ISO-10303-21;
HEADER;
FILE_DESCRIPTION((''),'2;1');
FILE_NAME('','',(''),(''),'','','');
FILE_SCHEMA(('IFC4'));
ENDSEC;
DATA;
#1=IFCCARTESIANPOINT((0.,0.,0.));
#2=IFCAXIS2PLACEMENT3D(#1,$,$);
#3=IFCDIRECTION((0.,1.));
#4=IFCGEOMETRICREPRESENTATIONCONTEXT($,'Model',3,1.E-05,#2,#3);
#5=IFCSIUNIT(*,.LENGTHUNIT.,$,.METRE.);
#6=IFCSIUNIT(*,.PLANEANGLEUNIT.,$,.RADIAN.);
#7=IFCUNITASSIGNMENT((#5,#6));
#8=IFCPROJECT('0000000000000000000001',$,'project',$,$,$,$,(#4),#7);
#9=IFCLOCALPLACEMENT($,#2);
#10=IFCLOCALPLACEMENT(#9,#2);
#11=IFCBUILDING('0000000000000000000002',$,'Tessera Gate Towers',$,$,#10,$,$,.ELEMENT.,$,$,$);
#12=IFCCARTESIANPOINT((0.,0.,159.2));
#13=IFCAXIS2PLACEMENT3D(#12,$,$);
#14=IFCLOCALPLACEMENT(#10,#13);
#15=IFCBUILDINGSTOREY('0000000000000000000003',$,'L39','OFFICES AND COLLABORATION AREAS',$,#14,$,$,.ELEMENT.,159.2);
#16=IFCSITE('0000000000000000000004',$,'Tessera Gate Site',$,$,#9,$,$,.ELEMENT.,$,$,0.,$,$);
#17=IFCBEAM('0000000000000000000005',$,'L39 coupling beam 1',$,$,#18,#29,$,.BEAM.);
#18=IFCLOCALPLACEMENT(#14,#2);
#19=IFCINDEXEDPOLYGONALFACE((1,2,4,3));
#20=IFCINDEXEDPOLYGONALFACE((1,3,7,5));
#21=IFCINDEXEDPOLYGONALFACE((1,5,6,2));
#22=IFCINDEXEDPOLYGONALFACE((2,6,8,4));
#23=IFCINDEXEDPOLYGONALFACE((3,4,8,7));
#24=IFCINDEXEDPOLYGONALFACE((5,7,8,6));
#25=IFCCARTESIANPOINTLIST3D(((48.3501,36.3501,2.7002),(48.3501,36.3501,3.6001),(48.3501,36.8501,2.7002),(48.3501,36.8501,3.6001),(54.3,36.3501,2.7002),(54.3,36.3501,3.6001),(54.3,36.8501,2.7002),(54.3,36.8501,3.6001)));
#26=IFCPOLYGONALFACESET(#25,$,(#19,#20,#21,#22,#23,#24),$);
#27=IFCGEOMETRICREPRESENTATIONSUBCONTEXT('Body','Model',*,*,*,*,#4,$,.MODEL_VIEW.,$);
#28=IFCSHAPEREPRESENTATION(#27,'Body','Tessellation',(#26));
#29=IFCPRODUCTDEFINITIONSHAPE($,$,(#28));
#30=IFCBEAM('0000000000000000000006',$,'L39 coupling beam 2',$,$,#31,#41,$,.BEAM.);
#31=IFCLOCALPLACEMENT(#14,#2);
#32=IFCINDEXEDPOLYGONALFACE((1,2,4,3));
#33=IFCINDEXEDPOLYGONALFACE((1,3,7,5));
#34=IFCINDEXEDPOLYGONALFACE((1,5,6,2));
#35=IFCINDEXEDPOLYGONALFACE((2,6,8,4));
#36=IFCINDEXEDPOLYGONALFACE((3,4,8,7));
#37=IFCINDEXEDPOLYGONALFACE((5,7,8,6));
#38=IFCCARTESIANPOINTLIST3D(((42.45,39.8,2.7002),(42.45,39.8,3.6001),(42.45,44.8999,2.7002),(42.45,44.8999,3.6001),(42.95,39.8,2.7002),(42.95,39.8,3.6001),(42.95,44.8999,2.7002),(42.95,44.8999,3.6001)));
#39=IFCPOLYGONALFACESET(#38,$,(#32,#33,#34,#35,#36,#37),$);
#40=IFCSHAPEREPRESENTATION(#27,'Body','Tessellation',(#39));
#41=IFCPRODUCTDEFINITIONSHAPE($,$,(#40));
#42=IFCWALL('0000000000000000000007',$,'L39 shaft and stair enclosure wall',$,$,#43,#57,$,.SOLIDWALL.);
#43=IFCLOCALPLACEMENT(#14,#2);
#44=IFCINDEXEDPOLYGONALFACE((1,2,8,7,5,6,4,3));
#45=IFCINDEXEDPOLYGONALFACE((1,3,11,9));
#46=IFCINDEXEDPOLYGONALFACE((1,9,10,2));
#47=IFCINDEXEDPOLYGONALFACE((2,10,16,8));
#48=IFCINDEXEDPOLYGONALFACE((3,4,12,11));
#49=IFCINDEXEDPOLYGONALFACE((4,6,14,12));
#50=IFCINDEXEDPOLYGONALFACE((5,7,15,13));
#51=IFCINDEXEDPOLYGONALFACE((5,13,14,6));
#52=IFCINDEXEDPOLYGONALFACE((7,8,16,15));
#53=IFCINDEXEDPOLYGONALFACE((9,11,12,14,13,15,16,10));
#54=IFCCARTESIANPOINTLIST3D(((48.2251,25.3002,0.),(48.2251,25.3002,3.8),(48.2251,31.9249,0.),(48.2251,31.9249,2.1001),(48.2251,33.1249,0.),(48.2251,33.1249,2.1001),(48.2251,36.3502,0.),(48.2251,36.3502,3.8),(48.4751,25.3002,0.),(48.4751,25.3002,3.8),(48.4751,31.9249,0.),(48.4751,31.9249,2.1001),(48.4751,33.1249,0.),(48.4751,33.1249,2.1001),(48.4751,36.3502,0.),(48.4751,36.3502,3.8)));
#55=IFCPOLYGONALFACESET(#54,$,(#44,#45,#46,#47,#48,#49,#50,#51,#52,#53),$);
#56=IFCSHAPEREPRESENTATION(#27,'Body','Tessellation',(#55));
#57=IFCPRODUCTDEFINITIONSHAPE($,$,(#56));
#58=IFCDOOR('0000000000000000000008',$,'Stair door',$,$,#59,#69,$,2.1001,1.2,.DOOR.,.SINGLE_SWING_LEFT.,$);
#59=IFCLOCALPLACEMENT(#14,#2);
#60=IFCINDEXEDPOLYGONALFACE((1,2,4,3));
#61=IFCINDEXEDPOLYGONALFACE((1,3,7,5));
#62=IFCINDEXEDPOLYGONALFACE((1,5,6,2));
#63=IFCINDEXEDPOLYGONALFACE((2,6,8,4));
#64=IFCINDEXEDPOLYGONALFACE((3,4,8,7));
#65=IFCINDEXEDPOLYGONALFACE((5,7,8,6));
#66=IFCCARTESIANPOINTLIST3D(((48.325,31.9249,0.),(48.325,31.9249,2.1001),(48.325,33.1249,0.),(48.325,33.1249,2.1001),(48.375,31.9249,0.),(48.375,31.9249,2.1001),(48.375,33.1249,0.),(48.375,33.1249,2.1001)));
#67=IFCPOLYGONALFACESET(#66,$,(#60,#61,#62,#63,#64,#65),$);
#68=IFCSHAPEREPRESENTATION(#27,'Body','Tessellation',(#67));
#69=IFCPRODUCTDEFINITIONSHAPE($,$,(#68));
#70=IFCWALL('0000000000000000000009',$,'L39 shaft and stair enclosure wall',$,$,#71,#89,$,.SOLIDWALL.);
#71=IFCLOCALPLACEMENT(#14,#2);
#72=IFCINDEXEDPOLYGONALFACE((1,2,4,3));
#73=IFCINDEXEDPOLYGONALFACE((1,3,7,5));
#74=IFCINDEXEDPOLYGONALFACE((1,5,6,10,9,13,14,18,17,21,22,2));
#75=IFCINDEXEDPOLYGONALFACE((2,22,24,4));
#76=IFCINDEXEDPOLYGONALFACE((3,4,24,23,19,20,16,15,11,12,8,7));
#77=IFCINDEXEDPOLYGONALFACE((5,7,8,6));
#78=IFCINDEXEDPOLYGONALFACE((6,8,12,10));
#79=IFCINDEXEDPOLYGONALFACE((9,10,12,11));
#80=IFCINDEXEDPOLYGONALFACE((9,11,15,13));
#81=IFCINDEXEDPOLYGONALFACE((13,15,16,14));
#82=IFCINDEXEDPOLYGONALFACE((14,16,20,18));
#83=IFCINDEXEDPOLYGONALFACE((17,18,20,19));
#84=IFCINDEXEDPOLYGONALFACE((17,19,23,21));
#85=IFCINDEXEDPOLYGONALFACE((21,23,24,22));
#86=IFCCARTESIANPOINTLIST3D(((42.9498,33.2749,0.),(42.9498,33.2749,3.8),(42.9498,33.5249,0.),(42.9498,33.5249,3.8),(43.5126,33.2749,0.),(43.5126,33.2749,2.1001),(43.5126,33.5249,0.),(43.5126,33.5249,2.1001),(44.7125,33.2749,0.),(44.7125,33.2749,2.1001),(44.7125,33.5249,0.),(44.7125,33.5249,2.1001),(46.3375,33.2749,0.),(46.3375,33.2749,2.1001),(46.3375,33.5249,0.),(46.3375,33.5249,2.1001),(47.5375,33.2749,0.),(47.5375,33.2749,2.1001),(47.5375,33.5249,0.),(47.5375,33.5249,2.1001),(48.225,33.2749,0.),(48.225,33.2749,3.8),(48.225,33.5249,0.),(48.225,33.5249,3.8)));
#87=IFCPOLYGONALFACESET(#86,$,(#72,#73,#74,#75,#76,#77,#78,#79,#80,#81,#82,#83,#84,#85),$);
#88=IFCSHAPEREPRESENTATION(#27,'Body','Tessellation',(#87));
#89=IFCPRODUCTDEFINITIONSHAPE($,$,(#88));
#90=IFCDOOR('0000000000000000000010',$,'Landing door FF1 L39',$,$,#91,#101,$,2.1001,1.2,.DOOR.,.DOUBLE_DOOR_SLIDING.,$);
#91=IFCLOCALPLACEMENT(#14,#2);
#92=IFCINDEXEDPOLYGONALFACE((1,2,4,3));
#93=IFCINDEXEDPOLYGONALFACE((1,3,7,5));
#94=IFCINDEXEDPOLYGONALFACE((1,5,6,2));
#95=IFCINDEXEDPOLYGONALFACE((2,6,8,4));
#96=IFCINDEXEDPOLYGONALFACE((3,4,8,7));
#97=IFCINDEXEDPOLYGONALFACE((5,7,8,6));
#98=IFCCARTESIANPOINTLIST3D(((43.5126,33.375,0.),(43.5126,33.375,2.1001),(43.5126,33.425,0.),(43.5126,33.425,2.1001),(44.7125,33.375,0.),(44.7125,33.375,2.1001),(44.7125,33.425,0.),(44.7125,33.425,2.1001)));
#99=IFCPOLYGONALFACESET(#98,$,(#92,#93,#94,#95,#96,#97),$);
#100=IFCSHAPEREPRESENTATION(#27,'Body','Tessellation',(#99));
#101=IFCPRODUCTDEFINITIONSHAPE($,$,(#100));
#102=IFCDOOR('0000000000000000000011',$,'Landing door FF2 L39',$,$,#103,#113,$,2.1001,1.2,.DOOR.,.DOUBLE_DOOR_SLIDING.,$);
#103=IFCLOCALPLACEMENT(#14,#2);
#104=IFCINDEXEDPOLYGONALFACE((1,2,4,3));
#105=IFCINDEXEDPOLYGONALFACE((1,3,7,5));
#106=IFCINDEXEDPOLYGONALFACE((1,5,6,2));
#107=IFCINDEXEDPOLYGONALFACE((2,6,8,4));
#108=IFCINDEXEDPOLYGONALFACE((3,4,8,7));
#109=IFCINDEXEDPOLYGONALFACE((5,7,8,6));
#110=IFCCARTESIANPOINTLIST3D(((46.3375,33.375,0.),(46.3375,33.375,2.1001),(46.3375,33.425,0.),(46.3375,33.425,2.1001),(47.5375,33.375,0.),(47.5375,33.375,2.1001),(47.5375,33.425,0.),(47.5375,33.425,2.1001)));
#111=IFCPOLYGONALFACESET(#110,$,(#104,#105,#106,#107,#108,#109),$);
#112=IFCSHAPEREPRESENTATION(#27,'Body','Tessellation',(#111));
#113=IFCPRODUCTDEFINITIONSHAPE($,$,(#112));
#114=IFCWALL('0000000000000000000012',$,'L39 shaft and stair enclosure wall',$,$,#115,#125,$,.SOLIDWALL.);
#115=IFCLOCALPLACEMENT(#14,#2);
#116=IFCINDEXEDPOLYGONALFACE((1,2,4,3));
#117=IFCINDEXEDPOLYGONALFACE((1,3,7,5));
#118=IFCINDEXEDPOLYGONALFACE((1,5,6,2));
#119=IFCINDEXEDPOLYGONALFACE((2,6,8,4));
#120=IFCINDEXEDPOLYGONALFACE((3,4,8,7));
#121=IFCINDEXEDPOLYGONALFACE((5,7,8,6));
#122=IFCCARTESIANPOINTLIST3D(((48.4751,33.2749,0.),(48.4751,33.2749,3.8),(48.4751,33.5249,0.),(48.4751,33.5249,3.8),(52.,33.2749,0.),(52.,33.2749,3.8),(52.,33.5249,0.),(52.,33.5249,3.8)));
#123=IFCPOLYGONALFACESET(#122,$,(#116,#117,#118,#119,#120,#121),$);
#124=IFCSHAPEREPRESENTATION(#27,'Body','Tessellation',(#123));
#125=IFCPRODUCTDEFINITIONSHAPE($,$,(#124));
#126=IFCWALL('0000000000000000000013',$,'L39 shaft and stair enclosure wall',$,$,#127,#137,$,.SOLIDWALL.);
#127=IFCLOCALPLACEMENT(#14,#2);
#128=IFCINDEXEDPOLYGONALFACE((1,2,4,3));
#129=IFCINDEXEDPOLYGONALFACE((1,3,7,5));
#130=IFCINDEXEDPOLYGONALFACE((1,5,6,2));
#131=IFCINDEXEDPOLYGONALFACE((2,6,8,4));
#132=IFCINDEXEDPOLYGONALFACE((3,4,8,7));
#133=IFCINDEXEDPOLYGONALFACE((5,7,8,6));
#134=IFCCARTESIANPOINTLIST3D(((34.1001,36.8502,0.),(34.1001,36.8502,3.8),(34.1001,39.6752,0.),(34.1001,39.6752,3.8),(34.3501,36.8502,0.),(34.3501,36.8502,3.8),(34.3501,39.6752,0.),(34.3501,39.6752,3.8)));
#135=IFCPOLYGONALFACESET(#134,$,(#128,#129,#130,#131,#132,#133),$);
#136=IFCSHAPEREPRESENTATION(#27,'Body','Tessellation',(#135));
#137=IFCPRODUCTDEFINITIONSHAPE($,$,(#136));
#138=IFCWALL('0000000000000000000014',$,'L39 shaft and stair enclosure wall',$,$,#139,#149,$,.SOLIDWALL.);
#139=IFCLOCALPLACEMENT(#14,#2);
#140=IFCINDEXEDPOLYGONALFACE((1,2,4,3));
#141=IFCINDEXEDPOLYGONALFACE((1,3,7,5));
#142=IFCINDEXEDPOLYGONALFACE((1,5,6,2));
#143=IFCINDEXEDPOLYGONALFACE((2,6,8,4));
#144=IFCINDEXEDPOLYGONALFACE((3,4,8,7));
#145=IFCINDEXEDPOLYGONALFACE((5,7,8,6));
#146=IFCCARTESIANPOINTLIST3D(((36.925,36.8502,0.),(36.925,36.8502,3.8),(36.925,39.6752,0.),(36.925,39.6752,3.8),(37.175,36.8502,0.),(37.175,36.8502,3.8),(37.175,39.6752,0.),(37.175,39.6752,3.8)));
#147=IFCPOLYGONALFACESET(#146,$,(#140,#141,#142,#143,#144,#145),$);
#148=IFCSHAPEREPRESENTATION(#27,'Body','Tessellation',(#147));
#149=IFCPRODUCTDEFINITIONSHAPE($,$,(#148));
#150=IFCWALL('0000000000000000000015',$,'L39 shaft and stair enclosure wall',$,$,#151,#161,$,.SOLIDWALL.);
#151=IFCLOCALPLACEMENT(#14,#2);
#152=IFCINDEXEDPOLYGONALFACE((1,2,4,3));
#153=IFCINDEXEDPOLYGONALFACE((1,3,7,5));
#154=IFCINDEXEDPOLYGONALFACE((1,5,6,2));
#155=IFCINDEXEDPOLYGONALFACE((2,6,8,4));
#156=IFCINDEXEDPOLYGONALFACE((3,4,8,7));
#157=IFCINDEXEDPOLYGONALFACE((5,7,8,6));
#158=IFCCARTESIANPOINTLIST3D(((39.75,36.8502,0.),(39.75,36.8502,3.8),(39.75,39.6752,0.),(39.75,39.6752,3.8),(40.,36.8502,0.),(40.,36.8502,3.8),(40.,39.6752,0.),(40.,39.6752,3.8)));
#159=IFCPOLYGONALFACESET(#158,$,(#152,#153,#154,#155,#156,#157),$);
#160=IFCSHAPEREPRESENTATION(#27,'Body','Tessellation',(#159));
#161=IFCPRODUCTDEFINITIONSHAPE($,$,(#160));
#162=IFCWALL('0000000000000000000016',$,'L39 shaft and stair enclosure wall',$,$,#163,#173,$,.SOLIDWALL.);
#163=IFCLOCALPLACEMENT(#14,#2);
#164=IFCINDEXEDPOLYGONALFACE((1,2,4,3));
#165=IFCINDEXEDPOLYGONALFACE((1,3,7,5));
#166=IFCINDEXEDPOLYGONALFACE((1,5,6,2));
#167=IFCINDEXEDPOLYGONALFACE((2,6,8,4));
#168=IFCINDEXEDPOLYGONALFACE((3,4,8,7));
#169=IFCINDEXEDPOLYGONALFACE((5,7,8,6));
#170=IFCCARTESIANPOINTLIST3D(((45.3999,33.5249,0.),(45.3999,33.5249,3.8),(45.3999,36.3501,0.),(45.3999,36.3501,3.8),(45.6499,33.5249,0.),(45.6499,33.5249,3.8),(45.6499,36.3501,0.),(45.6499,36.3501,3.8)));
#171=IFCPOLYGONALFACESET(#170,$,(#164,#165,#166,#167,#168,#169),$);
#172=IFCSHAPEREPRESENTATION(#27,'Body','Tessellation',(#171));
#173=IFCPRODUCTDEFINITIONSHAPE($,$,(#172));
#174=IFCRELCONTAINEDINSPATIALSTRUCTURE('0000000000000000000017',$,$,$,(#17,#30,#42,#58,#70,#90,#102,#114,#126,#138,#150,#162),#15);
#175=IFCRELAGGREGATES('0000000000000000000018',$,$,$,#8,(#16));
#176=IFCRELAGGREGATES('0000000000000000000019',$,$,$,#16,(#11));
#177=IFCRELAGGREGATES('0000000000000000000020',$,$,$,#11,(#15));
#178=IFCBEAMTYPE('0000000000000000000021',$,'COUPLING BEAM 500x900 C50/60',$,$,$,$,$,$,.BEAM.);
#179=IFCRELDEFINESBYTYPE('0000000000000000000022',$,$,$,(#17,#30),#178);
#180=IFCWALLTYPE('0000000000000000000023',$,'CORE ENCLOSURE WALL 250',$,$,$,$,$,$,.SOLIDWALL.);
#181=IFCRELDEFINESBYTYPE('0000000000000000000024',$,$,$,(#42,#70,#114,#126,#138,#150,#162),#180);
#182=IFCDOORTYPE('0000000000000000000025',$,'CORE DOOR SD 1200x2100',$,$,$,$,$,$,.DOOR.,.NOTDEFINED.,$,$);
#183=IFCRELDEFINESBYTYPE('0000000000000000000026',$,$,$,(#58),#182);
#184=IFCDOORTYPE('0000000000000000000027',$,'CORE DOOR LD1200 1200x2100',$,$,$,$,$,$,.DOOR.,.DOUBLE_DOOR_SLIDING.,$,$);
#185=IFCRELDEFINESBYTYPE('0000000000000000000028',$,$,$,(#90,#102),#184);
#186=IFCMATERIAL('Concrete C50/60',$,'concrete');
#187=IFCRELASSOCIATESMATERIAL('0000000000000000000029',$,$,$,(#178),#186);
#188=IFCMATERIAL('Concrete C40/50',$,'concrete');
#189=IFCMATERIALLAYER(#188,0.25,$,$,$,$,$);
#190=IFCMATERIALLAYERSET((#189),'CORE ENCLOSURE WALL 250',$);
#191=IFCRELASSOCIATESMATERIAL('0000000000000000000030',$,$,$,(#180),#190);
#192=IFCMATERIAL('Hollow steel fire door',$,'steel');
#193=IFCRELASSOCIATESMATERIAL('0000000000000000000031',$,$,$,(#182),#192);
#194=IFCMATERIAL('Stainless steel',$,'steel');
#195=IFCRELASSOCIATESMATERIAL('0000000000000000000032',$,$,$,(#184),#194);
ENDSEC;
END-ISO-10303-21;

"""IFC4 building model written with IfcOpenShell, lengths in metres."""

from ifc_helpers import new_model, si_unit, direction, frame, frame_2d, origin, origin_2d, place, context, subcontext, project, spatial, rectangle, extrude, source, transform, mapped, material, layer, layer_set, material_profile, profile_set, type_object, element, fill, save


model = new_model("IFC4")

# Units and contexts
model_context = context("Model", 3, precision=1e-05, world=origin(), true_north=direction((0.0, 1.0)))
body_context = subcontext(model_context, "Body", "Model", "MODEL_VIEW")
ifc_project = project(units=[si_unit("LENGTHUNIT", "METRE"), si_unit("PLANEANGLEUNIT", "RADIAN")], contexts=[model_context])

# Site, building, storey
site_placement = place(None, origin())
site = spatial("IfcSite", under=ifc_project, at=site_placement, Name="Tessera Gate Site", CompositionType="ELEMENT", RefElevation=0.0)
building_placement = place(site_placement, origin())
building = spatial("IfcBuilding", under=site, at=building_placement, Name="Tessera Gate Towers", CompositionType="ELEMENT")
storey_placement = place(building_placement, frame((0.0, 0.0, 159.2)))
storey = spatial("IfcBuildingStorey", under=building, at=storey_placement, Name="L39", Description="OFFICES AND COLLABORATION AREAS", CompositionType="ELEMENT", Elevation=159.2)

# Beams
ifc_material_1 = material(Name="Concrete C50/60", Category="concrete")
ifc_material_profile = material_profile(ifc_material_1, rectangle(XDim=0.5, YDim=0.8999, at=origin_2d()), Name="RC 500x900")
ifc_profile_set = profile_set([ifc_material_profile], Name="Concrete C50/60")
beam_type = type_object("IfcBeamType", Name="COUPLING BEAM 500x900 C50/60", PredefinedType="BEAM", material=ifc_profile_set)
beam_1_placement = place(storey_placement, frame((48.3501, 36.6001, 3.1501), z_axis=(1.0, 0.0, 0.0), x_axis=(0.0, 1.0, 0.0)))
element("IfcBeam", 1, at=beam_1_placement, inside=storey, type_object=beam_type, Name="L39 coupling beam 1", PredefinedType="BEAM", context=body_context, shape_type="SweptSolid", body=[
    extrude(rectangle(XDim=0.5, YDim=0.8999, at=origin_2d()), origin(), (0.0, 0.0, 1.0), 5.95),
])
beam_2_placement = place(storey_placement, frame((42.7, 39.8, 3.1501), z_axis=(0.0, 1.0, 0.0), x_axis=(-1.0, 0.0, 0.0)))
element("IfcBeam", 2, at=beam_2_placement, inside=storey, type_object=beam_type, Name="L39 coupling beam 2", PredefinedType="BEAM", context=body_context, shape_type="SweptSolid", body=[
    extrude(rectangle(XDim=0.5, YDim=0.8999, at=origin_2d()), origin(), (0.0, 0.0, 1.0), 5.0999),
])

# Wall, opening, door
ifc_material_2 = material(Name="Concrete C40/50", Category="concrete")
ifc_layer_1 = layer(ifc_material_2, 0.25)
ifc_layer_set_1 = layer_set([ifc_layer_1], Name="CORE ENCLOSURE WALL 250")
wall_type_1 = type_object("IfcWallType", Name="CORE ENCLOSURE WALL 250", PredefinedType="SOLIDWALL", material=ifc_layer_set_1)
wall_1_placement = place(storey_placement, frame((48.3501, 36.3501, 0.0), z_axis=(0.0, 0.0, 1.0), x_axis=(0.0, -1.0, 0.0)))
wall_1 = element("IfcWall", 3, at=wall_1_placement, inside=storey, type_object=wall_type_1, Name="L39 shaft and stair enclosure wall", PredefinedType="SOLIDWALL", context=body_context, shape_type="SweptSolid", body=[
    extrude(rectangle(XDim=11.05, YDim=0.25, at=frame_2d((5.5249, 0.0))), origin(), (0.0, 0.0, 1.0), 3.8),
])
shared_shape_1 = source(origin(), body_context, "Body", "SweptSolid", [
    extrude(rectangle(XDim=1.2, YDim=2.1001, at=frame_2d((0.6001, 1.05))), frame((0.0, 0.135, 0.0), z_axis=(0.0, -1.0, 0.0), x_axis=(1.0, 0.0, 0.0)), (0.0, 0.0, 1.0), 0.27),
])
opening_1_placement = place(wall_1_placement, frame((3.2251, 0.0, 0.0)))
opening_1 = element("IfcOpeningElement", 4, at=opening_1_placement, cuts=wall_1, PredefinedType="OPENING", context=body_context, shape_type="MappedRepresentation", body=[
    mapped(shared_shape_1, transform((0.0, 0.0, 0.0), scale=1.0)),
])
ifc_material_3 = material(Name="Hollow steel fire door", Category="steel")
door_type_1 = type_object("IfcDoorType", Name="CORE DOOR SD 1200x2100", OperationType="NOTDEFINED", PredefinedType="DOOR", material=ifc_material_3)
shared_shape_2 = source(origin(), body_context, "Body", "SweptSolid", [
    extrude(rectangle(XDim=1.2, YDim=2.1001, at=frame_2d((0.6001, 1.05))), frame((0.0, 0.0249, 0.0), z_axis=(0.0, -1.0, 0.0), x_axis=(1.0, 0.0, 0.0)), (0.0, 0.0, 1.0), 0.05),
])
door_1_placement = place(opening_1_placement, origin())
door_1 = element("IfcDoor", 5, at=door_1_placement, inside=storey, type_object=door_type_1, Name="Stair door", OperationType="SINGLE_SWING_LEFT", OverallHeight=2.1001, OverallWidth=1.2, PredefinedType="DOOR", context=body_context, shape_type="MappedRepresentation", body=[
    mapped(shared_shape_2, transform((0.0, 0.0, 0.0), scale=1.0)),
])
fill(opening_1, door_1)

# Wall, openings, doors
wall_2_placement = place(storey_placement, frame((48.2251, 33.3999, 0.0), z_axis=(0.0, 0.0, 1.0), x_axis=(-1.0, 0.0, 0.0)))
wall_2 = element("IfcWall", 6, at=wall_2_placement, inside=storey, type_object=wall_type_1, Name="L39 shaft and stair enclosure wall", PredefinedType="SOLIDWALL", context=body_context, shape_type="SweptSolid", body=[
    extrude(rectangle(XDim=5.2751, YDim=0.25, at=frame_2d((2.6377, 0.0))), origin(), (0.0, 0.0, 1.0), 3.8),
])
opening_2_placement = place(wall_2_placement, frame((3.5125, 0.0, 0.0)))
opening_2 = element("IfcOpeningElement", 7, at=opening_2_placement, cuts=wall_2, PredefinedType="OPENING", context=body_context, shape_type="MappedRepresentation", body=[
    mapped(shared_shape_1, transform((0.0, 0.0, 0.0), scale=1.0)),
])
opening_3_placement = place(wall_2_placement, frame((0.6875, 0.0, 0.0)))
opening_3 = element("IfcOpeningElement", 8, at=opening_3_placement, cuts=wall_2, PredefinedType="OPENING", context=body_context, shape_type="MappedRepresentation", body=[
    mapped(shared_shape_1, transform((0.0, 0.0, 0.0), scale=1.0)),
])
ifc_material_4 = material(Name="Stainless steel", Category="steel")
door_type_2 = type_object("IfcDoorType", Name="CORE DOOR LD1200 1200x2100", OperationType="DOUBLE_DOOR_SLIDING", PredefinedType="DOOR", material=ifc_material_4)
door_2_placement = place(opening_2_placement, origin())
door_2 = element("IfcDoor", 9, at=door_2_placement, inside=storey, type_object=door_type_2, Name="Landing door FF1 L39", OperationType="DOUBLE_DOOR_SLIDING", OverallHeight=2.1001, OverallWidth=1.2, PredefinedType="DOOR", context=body_context, shape_type="MappedRepresentation", body=[
    mapped(shared_shape_2, transform((0.0, 0.0, 0.0), scale=1.0)),
])
fill(opening_2, door_2)
door_3_placement = place(opening_3_placement, origin())
door_3 = element("IfcDoor", 10, at=door_3_placement, inside=storey, type_object=door_type_2, Name="Landing door FF2 L39", OperationType="DOUBLE_DOOR_SLIDING", OverallHeight=2.1001, OverallWidth=1.2, PredefinedType="DOOR", context=body_context, shape_type="MappedRepresentation", body=[
    mapped(shared_shape_2, transform((0.0, 0.0, 0.0), scale=1.0)),
])
fill(opening_3, door_3)

# Walls
wall_3_placement = place(storey_placement, frame((48.4751, 33.3999, 0.0), z_axis=(0.0, 0.0, 1.0), x_axis=(1.0, 0.0, 0.0)))
element("IfcWall", 11, at=wall_3_placement, inside=storey, type_object=wall_type_1, Name="L39 shaft and stair enclosure wall", PredefinedType="SOLIDWALL", context=body_context, shape_type="SweptSolid", body=[
    extrude(rectangle(XDim=3.5249, YDim=0.25, at=frame_2d((1.7625, 0.0))), origin(), (0.0, 0.0, 1.0), 3.8),
])
for number, where, z_axis, x_axis, name in (
    (12, (34.2251, 36.8501, 0.0), (0.0, 0.0, 1.0), (0.0, 1.0, 0.0), "L39 shaft and stair enclosure wall"),
    (13, (37.05, 36.8501, 0.0), (0.0, 0.0, 1.0), (0.0, 1.0, 0.0), "L39 shaft and stair enclosure wall"),
    (14, (39.875, 36.8501, 0.0), (0.0, 0.0, 1.0), (0.0, 1.0, 0.0), "L39 shaft and stair enclosure wall"),
):
    element("IfcWall", number, at=place(storey_placement, frame(where, z_axis=z_axis, x_axis=x_axis)), inside=storey, type_object=wall_type_1, Name=name, PredefinedType="SOLIDWALL", context=body_context, shape_type="SweptSolid", body=[
        extrude(rectangle(XDim=2.825, YDim=0.25, at=frame_2d((1.4126, 0.0))), origin(), (0.0, 0.0, 1.0), 3.8),
    ])
wall_4_placement = place(storey_placement, frame((45.5249, 33.5249, 0.0), z_axis=(0.0, 0.0, 1.0), x_axis=(0.0, 1.0, 0.0)))
element("IfcWall", 15, at=wall_4_placement, inside=storey, type_object=wall_type_1, Name="L39 shaft and stair enclosure wall", PredefinedType="SOLIDWALL", context=body_context, shape_type="SweptSolid", body=[
    extrude(rectangle(XDim=2.8252, YDim=0.25, at=frame_2d((1.4126, 0.0))), origin(), (0.0, 0.0, 1.0), 3.8),
])

save(model, "model.ifc")
